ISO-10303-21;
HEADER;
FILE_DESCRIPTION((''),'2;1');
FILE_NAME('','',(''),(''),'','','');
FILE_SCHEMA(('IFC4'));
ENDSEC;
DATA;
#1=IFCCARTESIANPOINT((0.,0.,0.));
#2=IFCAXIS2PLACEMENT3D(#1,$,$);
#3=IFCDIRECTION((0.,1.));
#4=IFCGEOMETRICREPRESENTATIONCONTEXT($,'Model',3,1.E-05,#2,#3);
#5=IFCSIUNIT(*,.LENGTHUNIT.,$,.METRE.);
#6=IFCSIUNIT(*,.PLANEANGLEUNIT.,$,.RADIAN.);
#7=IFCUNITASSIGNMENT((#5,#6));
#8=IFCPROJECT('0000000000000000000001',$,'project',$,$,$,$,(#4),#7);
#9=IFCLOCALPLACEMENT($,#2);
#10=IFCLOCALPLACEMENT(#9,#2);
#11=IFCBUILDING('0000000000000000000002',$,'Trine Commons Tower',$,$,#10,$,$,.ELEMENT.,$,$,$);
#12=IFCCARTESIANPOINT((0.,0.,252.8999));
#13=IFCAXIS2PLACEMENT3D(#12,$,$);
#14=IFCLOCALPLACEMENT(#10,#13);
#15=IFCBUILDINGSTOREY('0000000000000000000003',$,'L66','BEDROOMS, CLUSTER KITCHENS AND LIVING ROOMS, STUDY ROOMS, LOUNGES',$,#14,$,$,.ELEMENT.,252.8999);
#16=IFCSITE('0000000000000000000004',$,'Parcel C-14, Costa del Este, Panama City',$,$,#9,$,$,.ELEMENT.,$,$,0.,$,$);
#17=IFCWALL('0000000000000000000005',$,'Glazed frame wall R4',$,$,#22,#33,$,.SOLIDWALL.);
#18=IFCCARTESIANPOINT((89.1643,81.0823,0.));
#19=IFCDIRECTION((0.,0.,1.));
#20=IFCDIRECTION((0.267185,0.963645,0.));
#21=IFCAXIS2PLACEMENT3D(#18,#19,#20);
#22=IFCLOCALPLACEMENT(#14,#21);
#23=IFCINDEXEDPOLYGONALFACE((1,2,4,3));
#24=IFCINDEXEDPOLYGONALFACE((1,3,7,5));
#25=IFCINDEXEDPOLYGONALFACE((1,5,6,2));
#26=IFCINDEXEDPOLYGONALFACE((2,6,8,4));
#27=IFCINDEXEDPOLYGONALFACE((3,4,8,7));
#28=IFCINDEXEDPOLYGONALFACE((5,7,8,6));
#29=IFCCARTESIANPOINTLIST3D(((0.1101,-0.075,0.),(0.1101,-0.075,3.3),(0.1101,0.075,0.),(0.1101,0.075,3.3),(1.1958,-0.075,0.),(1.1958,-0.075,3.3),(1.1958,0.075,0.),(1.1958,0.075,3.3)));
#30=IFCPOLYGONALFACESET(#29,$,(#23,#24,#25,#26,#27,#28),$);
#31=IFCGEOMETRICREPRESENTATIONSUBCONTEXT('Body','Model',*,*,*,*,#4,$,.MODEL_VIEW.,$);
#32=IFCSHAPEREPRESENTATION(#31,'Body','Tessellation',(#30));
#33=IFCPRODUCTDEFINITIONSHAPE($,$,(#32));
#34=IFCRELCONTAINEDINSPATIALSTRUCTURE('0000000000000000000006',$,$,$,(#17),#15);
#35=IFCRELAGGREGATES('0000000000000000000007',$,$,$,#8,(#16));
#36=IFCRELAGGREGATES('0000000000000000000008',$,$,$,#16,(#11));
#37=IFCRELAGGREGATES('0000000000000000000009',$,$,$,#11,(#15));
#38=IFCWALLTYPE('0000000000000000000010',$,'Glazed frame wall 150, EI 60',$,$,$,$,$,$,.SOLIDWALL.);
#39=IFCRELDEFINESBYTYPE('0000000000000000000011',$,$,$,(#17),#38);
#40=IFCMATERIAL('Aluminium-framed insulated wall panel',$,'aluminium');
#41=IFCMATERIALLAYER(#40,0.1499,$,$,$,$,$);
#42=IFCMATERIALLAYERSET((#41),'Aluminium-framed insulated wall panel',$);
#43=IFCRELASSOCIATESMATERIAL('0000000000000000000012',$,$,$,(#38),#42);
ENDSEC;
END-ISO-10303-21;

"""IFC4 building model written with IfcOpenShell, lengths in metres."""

from ifc_helpers import new_model, si_unit, direction, frame, origin, place, context, subcontext, project, spatial, polyline, outline, extrude, material, layer, layer_set, type_object, element, save


model = new_model("IFC4")

# Units and contexts
model_context = context("Model", 3, precision=1e-05, world=origin(), true_north=direction((0.0, 1.0)))
body_context = subcontext(model_context, "Body", "Model", "MODEL_VIEW")
ifc_project = project(units=[si_unit("LENGTHUNIT", "METRE"), si_unit("PLANEANGLEUNIT", "RADIAN")], contexts=[model_context])

# Site, building, storey
site_placement = place(None, origin())
site = spatial("IfcSite", under=ifc_project, at=site_placement, Name="Parcel C-14, Costa del Este, Panama City", CompositionType="ELEMENT", RefElevation=0.0)
building_placement = place(site_placement, origin())
building = spatial("IfcBuilding", under=site, at=building_placement, Name="Trine Commons Tower", CompositionType="ELEMENT")
storey_placement = place(building_placement, frame((0.0, 0.0, 252.8999)))
storey = spatial("IfcBuildingStorey", under=building, at=storey_placement, Name="L66", Description="BEDROOMS, CLUSTER KITCHENS AND LIVING ROOMS, STUDY ROOMS, LOUNGES", CompositionType="ELEMENT", Elevation=252.8999)

# Wall
ifc_material_1 = material(Name="Aluminium-framed insulated wall panel", Category="aluminium")
ifc_layer_1 = layer(ifc_material_1, 0.1499)
ifc_layer_set_1 = layer_set([ifc_layer_1], Name="Aluminium-framed insulated wall panel")
wall_type_1 = type_object("IfcWallType", Name="Glazed frame wall 150, EI 60", PredefinedType="SOLIDWALL", material=ifc_layer_set_1)
wall_1_placement = place(storey_placement, frame((89.1643, 81.0823, 0.0), z_axis=(0.0, 0.0, 1.0), x_axis=(0.267185, 0.963645, 0.0)))
element("IfcWall", 1, at=wall_1_placement, inside=storey, type_object=wall_type_1, Name="Glazed frame wall R4", PredefinedType="SOLIDWALL", context=body_context, shape_type="SweptSolid", body=[
    extrude(outline(polyline([(0.1101, 0.075), (0.1101, -0.075), (1.1958, -0.075), (1.1958, 0.075), (0.1101, 0.075)])), origin(), (0.0, 0.0, 1.0), 3.3),
])

save(model, "model.ifc")
